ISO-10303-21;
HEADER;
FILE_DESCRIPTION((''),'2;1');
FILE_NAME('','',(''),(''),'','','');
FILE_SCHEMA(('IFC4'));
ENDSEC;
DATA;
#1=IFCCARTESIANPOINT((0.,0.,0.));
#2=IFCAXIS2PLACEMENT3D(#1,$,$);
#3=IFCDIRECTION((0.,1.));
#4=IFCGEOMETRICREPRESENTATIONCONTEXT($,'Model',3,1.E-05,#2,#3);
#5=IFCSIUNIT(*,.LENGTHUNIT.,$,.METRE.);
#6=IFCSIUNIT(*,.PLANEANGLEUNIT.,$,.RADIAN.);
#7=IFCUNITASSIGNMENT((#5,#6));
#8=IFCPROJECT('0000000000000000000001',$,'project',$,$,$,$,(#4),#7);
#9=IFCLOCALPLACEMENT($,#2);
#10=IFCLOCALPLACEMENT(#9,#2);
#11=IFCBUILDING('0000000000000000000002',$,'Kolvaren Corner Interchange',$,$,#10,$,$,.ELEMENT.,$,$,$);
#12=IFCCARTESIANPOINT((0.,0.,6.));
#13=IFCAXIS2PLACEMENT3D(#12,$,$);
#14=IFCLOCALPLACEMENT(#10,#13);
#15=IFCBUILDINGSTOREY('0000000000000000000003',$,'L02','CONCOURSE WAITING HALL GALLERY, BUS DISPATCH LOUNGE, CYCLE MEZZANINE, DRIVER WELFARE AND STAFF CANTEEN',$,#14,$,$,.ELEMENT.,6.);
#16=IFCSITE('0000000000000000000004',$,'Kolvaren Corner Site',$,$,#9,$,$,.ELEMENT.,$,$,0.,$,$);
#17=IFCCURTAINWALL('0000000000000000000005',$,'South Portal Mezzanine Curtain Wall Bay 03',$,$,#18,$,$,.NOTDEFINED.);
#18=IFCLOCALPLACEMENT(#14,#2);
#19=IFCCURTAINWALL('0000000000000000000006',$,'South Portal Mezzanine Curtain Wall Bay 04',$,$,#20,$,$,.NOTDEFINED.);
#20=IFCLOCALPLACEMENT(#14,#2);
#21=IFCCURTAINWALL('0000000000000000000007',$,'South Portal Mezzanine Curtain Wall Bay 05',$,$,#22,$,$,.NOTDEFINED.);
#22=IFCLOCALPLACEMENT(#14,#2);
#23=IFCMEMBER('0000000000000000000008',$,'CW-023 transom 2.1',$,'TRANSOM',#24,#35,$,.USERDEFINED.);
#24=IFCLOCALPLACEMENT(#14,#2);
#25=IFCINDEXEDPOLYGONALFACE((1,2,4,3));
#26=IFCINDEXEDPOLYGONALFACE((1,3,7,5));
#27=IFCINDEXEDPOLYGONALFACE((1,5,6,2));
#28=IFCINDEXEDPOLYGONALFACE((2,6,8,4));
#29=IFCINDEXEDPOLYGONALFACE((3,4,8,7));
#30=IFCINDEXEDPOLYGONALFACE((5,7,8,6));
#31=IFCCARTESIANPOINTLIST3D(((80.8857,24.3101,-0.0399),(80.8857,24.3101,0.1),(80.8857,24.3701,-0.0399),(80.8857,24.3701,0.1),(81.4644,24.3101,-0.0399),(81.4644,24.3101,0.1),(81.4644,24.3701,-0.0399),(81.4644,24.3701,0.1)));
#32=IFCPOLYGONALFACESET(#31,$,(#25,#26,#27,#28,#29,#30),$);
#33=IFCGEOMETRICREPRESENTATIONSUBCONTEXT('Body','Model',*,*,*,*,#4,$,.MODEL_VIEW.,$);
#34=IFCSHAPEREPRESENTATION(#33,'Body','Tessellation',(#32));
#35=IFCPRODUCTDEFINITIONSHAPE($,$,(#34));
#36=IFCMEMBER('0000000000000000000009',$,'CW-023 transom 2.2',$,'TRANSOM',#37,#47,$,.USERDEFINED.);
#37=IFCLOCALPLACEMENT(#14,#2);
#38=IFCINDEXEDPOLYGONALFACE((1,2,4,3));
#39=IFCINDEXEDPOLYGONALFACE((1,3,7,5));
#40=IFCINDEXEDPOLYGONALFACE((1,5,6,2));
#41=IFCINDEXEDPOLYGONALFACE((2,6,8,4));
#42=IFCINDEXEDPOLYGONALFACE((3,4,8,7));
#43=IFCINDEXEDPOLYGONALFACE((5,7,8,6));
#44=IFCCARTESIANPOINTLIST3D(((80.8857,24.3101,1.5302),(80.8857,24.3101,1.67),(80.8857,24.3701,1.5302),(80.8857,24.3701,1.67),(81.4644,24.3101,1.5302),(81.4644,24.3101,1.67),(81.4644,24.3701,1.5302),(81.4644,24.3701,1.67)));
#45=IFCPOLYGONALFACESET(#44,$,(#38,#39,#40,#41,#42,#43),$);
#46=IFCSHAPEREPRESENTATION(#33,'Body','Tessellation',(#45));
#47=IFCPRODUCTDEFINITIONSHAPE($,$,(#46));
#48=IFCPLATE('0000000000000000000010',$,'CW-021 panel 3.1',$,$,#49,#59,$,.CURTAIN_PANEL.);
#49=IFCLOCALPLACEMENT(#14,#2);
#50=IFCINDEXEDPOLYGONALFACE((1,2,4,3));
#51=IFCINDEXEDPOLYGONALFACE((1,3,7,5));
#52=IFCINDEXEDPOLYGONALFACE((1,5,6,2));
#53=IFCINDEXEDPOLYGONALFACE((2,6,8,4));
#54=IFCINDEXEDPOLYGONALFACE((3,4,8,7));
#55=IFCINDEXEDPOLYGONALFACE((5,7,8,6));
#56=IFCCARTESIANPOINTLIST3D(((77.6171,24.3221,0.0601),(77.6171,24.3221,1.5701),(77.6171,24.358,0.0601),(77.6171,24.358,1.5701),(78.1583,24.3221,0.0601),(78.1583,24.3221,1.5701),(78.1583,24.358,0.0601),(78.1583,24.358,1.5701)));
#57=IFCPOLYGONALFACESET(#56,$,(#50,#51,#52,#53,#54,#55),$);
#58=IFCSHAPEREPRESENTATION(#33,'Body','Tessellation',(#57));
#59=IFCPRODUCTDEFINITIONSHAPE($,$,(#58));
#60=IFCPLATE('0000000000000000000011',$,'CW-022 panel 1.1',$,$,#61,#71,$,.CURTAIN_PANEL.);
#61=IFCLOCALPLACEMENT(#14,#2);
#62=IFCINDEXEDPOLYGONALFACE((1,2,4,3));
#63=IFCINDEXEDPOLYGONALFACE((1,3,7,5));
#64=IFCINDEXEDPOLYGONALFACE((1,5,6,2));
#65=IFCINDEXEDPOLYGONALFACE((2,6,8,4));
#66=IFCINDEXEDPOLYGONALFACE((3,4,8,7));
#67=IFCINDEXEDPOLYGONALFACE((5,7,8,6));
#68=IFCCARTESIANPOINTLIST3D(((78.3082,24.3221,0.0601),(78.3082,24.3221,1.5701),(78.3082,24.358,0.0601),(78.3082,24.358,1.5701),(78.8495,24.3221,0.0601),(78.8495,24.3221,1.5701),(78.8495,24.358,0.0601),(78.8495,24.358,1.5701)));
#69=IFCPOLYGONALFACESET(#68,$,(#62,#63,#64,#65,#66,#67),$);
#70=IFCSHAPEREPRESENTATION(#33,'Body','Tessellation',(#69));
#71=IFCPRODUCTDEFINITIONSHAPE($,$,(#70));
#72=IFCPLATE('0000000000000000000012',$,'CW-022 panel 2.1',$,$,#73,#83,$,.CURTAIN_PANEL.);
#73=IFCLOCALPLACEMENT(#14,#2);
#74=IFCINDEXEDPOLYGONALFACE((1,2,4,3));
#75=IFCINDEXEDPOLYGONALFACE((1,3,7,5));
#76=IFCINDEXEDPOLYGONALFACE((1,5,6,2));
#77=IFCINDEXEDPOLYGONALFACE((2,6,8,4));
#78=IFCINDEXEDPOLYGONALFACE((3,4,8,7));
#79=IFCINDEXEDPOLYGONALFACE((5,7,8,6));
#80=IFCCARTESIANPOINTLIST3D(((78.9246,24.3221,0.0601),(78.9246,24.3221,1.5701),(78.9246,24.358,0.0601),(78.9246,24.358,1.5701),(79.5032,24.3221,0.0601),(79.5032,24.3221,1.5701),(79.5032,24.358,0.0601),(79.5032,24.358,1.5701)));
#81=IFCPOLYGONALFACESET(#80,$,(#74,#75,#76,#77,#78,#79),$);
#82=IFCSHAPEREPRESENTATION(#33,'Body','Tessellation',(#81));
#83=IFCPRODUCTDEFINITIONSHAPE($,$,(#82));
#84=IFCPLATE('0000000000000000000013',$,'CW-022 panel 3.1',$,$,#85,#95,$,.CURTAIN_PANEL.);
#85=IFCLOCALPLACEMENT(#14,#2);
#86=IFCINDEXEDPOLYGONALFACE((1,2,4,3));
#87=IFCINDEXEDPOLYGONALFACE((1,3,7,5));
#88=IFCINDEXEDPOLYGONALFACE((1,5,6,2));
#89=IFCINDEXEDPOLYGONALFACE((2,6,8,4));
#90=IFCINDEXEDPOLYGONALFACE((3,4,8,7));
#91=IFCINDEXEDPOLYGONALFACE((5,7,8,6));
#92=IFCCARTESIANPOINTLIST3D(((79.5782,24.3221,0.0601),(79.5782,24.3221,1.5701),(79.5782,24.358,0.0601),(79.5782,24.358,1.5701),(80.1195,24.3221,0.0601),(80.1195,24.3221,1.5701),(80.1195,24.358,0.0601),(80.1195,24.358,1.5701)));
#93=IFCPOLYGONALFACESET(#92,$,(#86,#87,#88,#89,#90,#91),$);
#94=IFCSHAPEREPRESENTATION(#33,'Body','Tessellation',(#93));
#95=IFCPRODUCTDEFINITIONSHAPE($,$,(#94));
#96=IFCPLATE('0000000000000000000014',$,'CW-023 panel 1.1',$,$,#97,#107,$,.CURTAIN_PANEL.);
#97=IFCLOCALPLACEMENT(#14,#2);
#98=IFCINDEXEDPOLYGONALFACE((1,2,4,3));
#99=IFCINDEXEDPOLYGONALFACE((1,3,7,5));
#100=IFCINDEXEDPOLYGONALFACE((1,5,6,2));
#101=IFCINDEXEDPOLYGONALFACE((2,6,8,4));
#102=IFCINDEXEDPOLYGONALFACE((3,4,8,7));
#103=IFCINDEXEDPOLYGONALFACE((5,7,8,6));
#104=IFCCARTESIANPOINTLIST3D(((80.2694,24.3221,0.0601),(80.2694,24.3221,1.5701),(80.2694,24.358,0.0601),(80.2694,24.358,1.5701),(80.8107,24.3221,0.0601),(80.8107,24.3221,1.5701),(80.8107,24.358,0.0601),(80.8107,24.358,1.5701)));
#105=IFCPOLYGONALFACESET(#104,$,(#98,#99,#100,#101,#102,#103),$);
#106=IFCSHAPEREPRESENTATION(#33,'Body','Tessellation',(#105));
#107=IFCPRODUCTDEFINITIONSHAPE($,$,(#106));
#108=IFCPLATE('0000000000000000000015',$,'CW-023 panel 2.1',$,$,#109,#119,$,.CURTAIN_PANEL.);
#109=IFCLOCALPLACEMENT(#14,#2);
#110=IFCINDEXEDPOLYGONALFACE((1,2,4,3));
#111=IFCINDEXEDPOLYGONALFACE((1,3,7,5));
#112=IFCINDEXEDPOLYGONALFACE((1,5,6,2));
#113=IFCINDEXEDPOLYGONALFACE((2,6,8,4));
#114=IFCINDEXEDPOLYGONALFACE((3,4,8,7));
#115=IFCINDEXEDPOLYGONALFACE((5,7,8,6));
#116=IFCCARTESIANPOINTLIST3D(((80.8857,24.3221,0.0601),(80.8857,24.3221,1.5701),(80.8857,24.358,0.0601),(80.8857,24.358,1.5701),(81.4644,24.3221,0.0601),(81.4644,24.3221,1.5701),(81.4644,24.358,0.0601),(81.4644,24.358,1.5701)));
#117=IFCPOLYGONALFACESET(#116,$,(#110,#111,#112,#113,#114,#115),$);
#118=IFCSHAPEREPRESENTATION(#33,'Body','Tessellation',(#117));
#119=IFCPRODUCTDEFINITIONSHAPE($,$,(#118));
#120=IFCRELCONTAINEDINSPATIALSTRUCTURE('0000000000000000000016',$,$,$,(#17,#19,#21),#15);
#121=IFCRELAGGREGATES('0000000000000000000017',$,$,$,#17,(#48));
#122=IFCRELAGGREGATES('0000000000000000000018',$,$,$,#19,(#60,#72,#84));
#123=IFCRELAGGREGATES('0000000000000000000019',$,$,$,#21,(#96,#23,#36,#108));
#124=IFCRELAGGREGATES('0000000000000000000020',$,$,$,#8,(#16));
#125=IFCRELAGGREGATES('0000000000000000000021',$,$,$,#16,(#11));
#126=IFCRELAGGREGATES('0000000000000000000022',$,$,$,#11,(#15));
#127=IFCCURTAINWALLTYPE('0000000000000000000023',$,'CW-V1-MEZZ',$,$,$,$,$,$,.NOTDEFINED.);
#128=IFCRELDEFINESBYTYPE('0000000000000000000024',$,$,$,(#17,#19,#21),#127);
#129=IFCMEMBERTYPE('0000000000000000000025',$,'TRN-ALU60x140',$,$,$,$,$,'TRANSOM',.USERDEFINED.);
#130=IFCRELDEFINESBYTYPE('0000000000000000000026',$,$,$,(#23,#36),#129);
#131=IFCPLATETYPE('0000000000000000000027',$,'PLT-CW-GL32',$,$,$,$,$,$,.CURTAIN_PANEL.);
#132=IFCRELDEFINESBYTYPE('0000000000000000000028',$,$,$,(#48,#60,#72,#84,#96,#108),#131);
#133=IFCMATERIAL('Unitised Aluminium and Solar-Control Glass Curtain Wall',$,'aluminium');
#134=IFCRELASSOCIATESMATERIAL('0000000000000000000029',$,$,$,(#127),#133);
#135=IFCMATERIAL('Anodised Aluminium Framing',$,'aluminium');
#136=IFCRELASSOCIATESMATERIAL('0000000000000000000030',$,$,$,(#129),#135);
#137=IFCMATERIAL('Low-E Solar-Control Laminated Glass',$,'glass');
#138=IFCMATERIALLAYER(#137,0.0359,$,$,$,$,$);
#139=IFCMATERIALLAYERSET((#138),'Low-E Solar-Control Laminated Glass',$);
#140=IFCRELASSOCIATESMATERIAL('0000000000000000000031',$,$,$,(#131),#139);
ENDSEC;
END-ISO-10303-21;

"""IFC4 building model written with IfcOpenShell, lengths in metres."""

from ifc_helpers import new_model, si_unit, direction, frame, origin, origin_2d, place, context, subcontext, project, spatial, rectangle, extrude, material, layer, layer_set, material_profile, profile_set, type_object, element, aggregate, save


model = new_model("IFC4")

# Units and contexts
model_context = context("Model", 3, precision=1e-05, world=origin(), true_north=direction((0.0, 1.0)))
body_context = subcontext(model_context, "Body", "Model", "MODEL_VIEW")
ifc_project = project(units=[si_unit("LENGTHUNIT", "METRE"), si_unit("PLANEANGLEUNIT", "RADIAN")], contexts=[model_context])

# Site, building, storey
site_placement = place(None, origin())
site = spatial("IfcSite", under=ifc_project, at=site_placement, Name="Kolvaren Corner Site", CompositionType="ELEMENT", RefElevation=0.0)
building_placement = place(site_placement, origin())
building = spatial("IfcBuilding", under=site, at=building_placement, Name="Kolvaren Corner Interchange", CompositionType="ELEMENT")
storey_placement = place(building_placement, frame((0.0, 0.0, 6.0)))
storey = spatial("IfcBuildingStorey", under=building, at=storey_placement, Name="L02", Description="CONCOURSE WAITING HALL GALLERY, BUS DISPATCH LOUNGE, CYCLE MEZZANINE, DRIVER WELFARE AND STAFF CANTEEN", CompositionType="ELEMENT", Elevation=6.0)

# Curtain wall
ifc_material_1 = material(Name="Unitised Aluminium and Solar-Control Glass Curtain Wall", Category="aluminium")
curtain_wall_type = type_object("IfcCurtainWallType", Name="CW-V1-MEZZ", PredefinedType="NOTDEFINED", material=ifc_material_1)
curtain_wall_1_placement = place(storey_placement, origin())
curtain_wall_1 = element("IfcCurtainWall", 1, at=curtain_wall_1_placement, inside=storey, type_object=curtain_wall_type, Name="South Portal Mezzanine Curtain Wall Bay 03", PredefinedType="NOTDEFINED")

# Curtain walls
curtain_wall_2_placement = place(storey_placement, origin())
curtain_wall_2 = element("IfcCurtainWall", 2, at=curtain_wall_2_placement, inside=storey, type_object=curtain_wall_type, Name="South Portal Mezzanine Curtain Wall Bay 04", PredefinedType="NOTDEFINED")
curtain_wall_3_placement = place(storey_placement, origin())
curtain_wall_3 = element("IfcCurtainWall", 3, at=curtain_wall_3_placement, inside=storey, type_object=curtain_wall_type, Name="South Portal Mezzanine Curtain Wall Bay 05", PredefinedType="NOTDEFINED")

# Members
ifc_material_2 = material(Name="Anodised Aluminium Framing", Category="aluminium")
ifc_material_profile_1 = material_profile(ifc_material_2, rectangle(XDim=0.0601, YDim=0.1399, at=origin_2d()), Name="ALU 60x140")
ifc_profile_set_1 = profile_set([ifc_material_profile_1], Name="Anodised Aluminium Framing")
member_type_1 = type_object("IfcMemberType", Name="TRN-ALU60x140", ElementType="TRANSOM", PredefinedType="USERDEFINED", material=ifc_profile_set_1)
member_1_placement = place(storey_placement, frame((80.8857, 24.3401, 0.03), z_axis=(1.0, 0.0, 0.0), x_axis=(0.0, 1.0, 0.0)))
member_1 = element("IfcMember", 4, at=member_1_placement, type_object=member_type_1, Name="CW-023 transom 2.1", ObjectType="TRANSOM", PredefinedType="USERDEFINED", context=body_context, shape_type="SweptSolid", body=[
    extrude(rectangle(XDim=0.0601, YDim=0.1399, at=origin_2d()), origin(), (0.0, 0.0, 1.0), 0.5786),
])
member_2_placement = place(storey_placement, frame((80.8857, 24.3401, 1.6001), z_axis=(1.0, 0.0, 0.0), x_axis=(0.0, 1.0, 0.0)))
member_2 = element("IfcMember", 5, at=member_2_placement, type_object=member_type_1, Name="CW-023 transom 2.2", ObjectType="TRANSOM", PredefinedType="USERDEFINED", context=body_context, shape_type="SweptSolid", body=[
    extrude(rectangle(XDim=0.0601, YDim=0.1399, at=origin_2d()), origin(), (0.0, 0.0, 1.0), 0.5786),
])

# Plates
ifc_material_3 = material(Name="Low-E Solar-Control Laminated Glass", Category="glass")
ifc_layer = layer(ifc_material_3, 0.0359)
ifc_layer_set = layer_set([ifc_layer], Name="Low-E Solar-Control Laminated Glass")
plate_type = type_object("IfcPlateType", Name="PLT-CW-GL32", PredefinedType="CURTAIN_PANEL", material=ifc_layer_set)
plate_1_placement = place(storey_placement, frame((77.8877, 24.3401, 0.0601), z_axis=(0.0, 0.0, 1.0), x_axis=(1.0, 0.0, 0.0)))
plate_1 = element("IfcPlate", 6, at=plate_1_placement, type_object=plate_type, Name="CW-021 panel 3.1", PredefinedType="CURTAIN_PANEL", context=body_context, shape_type="SweptSolid", body=[
    extrude(rectangle(XDim=0.5413, YDim=0.0359, at=origin_2d()), origin(), (0.0, 0.0, 1.0), 1.51),
])
aggregate(curtain_wall_1, [plate_1])
plate_2_placement = place(storey_placement, frame((78.5789, 24.3401, 0.0601), z_axis=(0.0, 0.0, 1.0), x_axis=(1.0, 0.0, 0.0)))
plate_2 = element("IfcPlate", 7, at=plate_2_placement, type_object=plate_type, Name="CW-022 panel 1.1", PredefinedType="CURTAIN_PANEL", context=body_context, shape_type="SweptSolid", body=[
    extrude(rectangle(XDim=0.5413, YDim=0.0359, at=origin_2d()), origin(), (0.0, 0.0, 1.0), 1.51),
])
plate_3_placement = place(storey_placement, frame((79.2139, 24.3401, 0.0601), z_axis=(0.0, 0.0, 1.0), x_axis=(1.0, 0.0, 0.0)))
plate_3 = element("IfcPlate", 8, at=plate_3_placement, type_object=plate_type, Name="CW-022 panel 2.1", PredefinedType="CURTAIN_PANEL", context=body_context, shape_type="SweptSolid", body=[
    extrude(rectangle(XDim=0.5786, YDim=0.0359, at=origin_2d()), origin(), (0.0, 0.0, 1.0), 1.51),
])
plate_4_placement = place(storey_placement, frame((79.8489, 24.3401, 0.0601), z_axis=(0.0, 0.0, 1.0), x_axis=(1.0, 0.0, 0.0)))
plate_4 = element("IfcPlate", 9, at=plate_4_placement, type_object=plate_type, Name="CW-022 panel 3.1", PredefinedType="CURTAIN_PANEL", context=body_context, shape_type="SweptSolid", body=[
    extrude(rectangle(XDim=0.5413, YDim=0.0359, at=origin_2d()), origin(), (0.0, 0.0, 1.0), 1.51),
])
aggregate(curtain_wall_2, [plate_2, plate_3, plate_4])
plate_5_placement = place(storey_placement, frame((80.54, 24.3401, 0.0601), z_axis=(0.0, 0.0, 1.0), x_axis=(1.0, 0.0, 0.0)))
plate_5 = element("IfcPlate", 10, at=plate_5_placement, type_object=plate_type, Name="CW-023 panel 1.1", PredefinedType="CURTAIN_PANEL", context=body_context, shape_type="SweptSolid", body=[
    extrude(rectangle(XDim=0.5413, YDim=0.0359, at=origin_2d()), origin(), (0.0, 0.0, 1.0), 1.51),
])
plate_6_placement = place(storey_placement, frame((81.175, 24.3401, 0.0601), z_axis=(0.0, 0.0, 1.0), x_axis=(1.0, 0.0, 0.0)))
plate_6 = element("IfcPlate", 11, at=plate_6_placement, type_object=plate_type, Name="CW-023 panel 2.1", PredefinedType="CURTAIN_PANEL", context=body_context, shape_type="SweptSolid", body=[
    extrude(rectangle(XDim=0.5786, YDim=0.0359, at=origin_2d()), origin(), (0.0, 0.0, 1.0), 1.51),
])
aggregate(curtain_wall_3, [plate_5, member_1, member_2, plate_6])

save(model, "model.ifc")
